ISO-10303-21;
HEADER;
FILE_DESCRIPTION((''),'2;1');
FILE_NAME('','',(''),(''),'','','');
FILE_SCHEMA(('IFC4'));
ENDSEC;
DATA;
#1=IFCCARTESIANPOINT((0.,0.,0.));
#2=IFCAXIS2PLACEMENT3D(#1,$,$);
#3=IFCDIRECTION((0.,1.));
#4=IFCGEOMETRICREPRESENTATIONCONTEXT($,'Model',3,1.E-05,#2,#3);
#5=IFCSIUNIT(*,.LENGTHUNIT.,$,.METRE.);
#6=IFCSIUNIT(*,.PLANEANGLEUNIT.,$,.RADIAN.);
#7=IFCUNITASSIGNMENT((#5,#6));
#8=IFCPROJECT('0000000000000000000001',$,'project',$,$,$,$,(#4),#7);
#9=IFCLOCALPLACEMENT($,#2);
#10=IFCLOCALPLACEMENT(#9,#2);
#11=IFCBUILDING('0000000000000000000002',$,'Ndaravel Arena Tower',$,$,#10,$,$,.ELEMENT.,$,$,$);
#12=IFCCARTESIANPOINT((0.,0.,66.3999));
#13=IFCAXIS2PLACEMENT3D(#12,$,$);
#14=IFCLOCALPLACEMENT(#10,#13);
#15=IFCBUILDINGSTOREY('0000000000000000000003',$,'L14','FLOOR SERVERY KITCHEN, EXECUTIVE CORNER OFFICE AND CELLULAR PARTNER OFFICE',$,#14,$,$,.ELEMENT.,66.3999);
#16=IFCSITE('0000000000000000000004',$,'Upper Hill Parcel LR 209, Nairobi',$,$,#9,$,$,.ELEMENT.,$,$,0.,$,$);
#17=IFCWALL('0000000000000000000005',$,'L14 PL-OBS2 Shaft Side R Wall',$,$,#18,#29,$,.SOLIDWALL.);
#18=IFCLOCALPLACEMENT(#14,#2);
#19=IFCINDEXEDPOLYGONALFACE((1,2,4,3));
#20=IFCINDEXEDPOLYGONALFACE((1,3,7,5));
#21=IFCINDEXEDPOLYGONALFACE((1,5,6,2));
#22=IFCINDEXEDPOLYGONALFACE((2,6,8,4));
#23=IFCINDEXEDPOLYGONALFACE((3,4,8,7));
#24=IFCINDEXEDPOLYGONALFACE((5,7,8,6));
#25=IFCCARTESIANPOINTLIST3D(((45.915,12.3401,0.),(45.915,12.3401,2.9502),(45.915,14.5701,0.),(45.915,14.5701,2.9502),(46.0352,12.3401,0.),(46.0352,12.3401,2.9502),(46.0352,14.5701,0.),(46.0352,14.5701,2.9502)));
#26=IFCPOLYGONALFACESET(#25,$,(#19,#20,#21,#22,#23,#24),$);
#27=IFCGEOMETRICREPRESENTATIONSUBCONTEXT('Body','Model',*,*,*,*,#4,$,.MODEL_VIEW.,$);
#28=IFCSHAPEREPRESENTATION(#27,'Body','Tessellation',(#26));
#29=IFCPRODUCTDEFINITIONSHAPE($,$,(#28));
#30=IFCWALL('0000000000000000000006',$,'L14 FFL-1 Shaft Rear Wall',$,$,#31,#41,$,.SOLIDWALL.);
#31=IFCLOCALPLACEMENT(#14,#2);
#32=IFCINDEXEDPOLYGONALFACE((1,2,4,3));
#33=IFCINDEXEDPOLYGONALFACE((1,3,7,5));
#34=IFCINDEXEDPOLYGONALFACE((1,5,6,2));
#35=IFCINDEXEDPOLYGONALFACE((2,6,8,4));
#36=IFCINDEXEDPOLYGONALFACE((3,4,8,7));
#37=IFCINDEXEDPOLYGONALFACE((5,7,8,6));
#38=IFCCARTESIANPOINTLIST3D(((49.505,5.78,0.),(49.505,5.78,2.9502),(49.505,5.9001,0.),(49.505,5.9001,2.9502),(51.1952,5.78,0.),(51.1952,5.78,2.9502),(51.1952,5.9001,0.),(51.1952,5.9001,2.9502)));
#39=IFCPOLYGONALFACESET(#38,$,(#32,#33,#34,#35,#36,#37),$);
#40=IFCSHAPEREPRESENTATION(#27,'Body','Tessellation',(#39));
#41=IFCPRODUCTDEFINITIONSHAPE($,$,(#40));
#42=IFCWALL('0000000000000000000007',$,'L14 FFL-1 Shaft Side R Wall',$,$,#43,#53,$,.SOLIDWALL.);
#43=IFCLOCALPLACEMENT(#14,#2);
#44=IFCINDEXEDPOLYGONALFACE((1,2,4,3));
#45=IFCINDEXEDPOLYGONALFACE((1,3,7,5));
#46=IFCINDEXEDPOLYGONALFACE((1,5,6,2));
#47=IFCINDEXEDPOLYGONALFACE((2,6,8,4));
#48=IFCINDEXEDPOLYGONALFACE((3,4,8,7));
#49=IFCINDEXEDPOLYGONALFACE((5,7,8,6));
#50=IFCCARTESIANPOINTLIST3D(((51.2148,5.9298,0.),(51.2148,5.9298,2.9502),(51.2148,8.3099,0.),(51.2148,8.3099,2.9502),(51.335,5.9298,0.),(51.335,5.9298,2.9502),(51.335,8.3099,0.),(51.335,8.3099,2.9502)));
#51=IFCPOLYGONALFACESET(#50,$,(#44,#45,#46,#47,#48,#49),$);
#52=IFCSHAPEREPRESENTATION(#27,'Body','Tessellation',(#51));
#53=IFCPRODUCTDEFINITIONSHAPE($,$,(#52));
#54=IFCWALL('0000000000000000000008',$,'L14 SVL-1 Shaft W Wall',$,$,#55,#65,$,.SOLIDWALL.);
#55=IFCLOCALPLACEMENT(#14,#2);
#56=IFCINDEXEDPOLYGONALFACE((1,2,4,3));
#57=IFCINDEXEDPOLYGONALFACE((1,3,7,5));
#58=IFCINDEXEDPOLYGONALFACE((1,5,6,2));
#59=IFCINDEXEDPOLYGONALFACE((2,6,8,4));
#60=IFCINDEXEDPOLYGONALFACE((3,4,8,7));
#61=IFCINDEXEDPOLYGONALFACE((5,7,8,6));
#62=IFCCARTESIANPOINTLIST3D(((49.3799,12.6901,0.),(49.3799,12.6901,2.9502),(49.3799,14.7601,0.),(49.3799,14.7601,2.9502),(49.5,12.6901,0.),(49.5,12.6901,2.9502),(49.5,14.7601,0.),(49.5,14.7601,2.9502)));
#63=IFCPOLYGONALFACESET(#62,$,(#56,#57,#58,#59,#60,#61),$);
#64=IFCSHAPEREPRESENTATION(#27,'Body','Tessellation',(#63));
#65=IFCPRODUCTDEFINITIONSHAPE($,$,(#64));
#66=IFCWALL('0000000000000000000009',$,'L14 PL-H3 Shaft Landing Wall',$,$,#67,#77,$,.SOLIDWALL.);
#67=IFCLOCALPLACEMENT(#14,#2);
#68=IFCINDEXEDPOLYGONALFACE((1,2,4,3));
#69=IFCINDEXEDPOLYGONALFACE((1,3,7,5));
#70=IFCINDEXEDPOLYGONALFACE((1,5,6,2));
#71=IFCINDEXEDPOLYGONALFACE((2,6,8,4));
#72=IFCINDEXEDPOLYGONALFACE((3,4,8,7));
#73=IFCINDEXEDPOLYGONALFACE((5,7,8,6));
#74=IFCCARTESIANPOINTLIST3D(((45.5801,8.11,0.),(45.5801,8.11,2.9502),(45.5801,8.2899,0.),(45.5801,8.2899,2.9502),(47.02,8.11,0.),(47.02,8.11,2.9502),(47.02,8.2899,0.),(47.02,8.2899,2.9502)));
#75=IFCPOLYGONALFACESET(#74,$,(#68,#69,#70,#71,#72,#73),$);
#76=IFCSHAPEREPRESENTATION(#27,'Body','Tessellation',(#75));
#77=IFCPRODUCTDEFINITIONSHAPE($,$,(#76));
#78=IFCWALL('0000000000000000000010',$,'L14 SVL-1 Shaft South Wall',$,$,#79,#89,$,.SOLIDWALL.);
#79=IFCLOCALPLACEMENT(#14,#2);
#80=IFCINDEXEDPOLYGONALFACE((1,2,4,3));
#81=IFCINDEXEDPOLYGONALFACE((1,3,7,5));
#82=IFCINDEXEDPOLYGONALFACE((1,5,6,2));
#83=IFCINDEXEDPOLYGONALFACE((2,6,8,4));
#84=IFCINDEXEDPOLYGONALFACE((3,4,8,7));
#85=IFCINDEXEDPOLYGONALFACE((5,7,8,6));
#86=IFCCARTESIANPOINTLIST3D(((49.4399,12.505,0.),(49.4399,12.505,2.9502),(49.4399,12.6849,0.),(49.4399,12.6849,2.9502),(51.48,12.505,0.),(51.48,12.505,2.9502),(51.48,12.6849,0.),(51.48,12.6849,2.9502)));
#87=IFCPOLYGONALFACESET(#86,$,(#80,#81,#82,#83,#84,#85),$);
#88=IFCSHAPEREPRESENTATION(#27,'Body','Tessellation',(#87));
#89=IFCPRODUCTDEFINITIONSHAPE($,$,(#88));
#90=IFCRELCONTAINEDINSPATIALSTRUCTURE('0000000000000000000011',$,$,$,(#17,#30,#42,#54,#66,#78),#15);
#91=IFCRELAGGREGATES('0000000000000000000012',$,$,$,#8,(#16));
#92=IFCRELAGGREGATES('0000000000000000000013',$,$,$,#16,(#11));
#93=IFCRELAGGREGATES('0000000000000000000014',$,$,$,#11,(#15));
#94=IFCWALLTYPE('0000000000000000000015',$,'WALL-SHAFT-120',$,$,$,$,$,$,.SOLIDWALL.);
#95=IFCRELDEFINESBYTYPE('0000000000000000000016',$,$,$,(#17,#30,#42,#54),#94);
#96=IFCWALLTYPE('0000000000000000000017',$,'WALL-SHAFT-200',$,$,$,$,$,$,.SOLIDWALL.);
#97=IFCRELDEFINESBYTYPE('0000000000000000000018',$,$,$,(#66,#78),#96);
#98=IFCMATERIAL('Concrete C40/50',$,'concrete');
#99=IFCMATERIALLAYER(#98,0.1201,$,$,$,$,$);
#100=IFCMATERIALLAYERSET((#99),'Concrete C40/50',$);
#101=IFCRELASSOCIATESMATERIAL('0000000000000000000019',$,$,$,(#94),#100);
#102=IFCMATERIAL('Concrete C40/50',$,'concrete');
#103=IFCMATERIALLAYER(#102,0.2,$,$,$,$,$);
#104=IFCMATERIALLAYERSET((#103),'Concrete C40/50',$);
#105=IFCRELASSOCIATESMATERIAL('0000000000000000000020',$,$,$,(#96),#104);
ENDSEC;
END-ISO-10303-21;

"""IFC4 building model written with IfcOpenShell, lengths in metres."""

from ifc_helpers import new_model, si_unit, direction, frame, frame_2d, origin, place, context, subcontext, project, spatial, rectangle, extrude, material, layer, layer_set, type_object, element, save


model = new_model("IFC4")

# Units and contexts
model_context = context("Model", 3, precision=1e-05, world=origin(), true_north=direction((0.0, 1.0)))
body_context = subcontext(model_context, "Body", "Model", "MODEL_VIEW")
ifc_project = project(units=[si_unit("LENGTHUNIT", "METRE"), si_unit("PLANEANGLEUNIT", "RADIAN")], contexts=[model_context])

# Site, building, storey
site_placement = place(None, origin())
site = spatial("IfcSite", under=ifc_project, at=site_placement, Name="Upper Hill Parcel LR 209, Nairobi", CompositionType="ELEMENT", RefElevation=0.0)
building_placement = place(site_placement, origin())
building = spatial("IfcBuilding", under=site, at=building_placement, Name="Ndaravel Arena Tower", CompositionType="ELEMENT")
storey_placement = place(building_placement, frame((0.0, 0.0, 66.3999)))
storey = spatial("IfcBuildingStorey", under=building, at=storey_placement, Name="L14", Description="FLOOR SERVERY KITCHEN, EXECUTIVE CORNER OFFICE AND CELLULAR PARTNER OFFICE", CompositionType="ELEMENT", Elevation=66.3999)

# Walls
ifc_material_1 = material(Name="Concrete C40/50", Category="concrete")
ifc_layer_1 = layer(ifc_material_1, 0.1201)
ifc_layer_set_1 = layer_set([ifc_layer_1], Name="Concrete C40/50")
wall_type_1 = type_object("IfcWallType", Name="WALL-SHAFT-120", PredefinedType="SOLIDWALL", material=ifc_layer_set_1)
wall_1_placement = place(storey_placement, frame((45.9751, 12.3401, 0.0), z_axis=(0.0, 0.0, 1.0), x_axis=(0.0, 1.0, 0.0)))
element("IfcWall", 1, at=wall_1_placement, inside=storey, type_object=wall_type_1, Name="L14 PL-OBS2 Shaft Side R Wall", PredefinedType="SOLIDWALL", context=body_context, shape_type="SweptSolid", body=[
    extrude(rectangle(XDim=2.23, YDim=0.1201, at=frame_2d((1.115, 0.0))), origin(), (0.0, 0.0, 1.0), 2.9502),
])
wall_2_placement = place(storey_placement, frame((49.5049, 5.8401, 0.0), z_axis=(0.0, 0.0, 1.0), x_axis=(1.0, 0.0, 0.0)))
element("IfcWall", 2, at=wall_2_placement, inside=storey, type_object=wall_type_1, Name="L14 FFL-1 Shaft Rear Wall", PredefinedType="SOLIDWALL", context=body_context, shape_type="SweptSolid", body=[
    extrude(rectangle(XDim=1.6902, YDim=0.1201, at=frame_2d((0.8452, 0.0))), origin(), (0.0, 0.0, 1.0), 2.9502),
])
wall_3_placement = place(storey_placement, frame((51.2749, 5.9299, 0.0), z_axis=(0.0, 0.0, 1.0), x_axis=(0.0, 1.0, 0.0)))
element("IfcWall", 3, at=wall_3_placement, inside=storey, type_object=wall_type_1, Name="L14 FFL-1 Shaft Side R Wall", PredefinedType="SOLIDWALL", context=body_context, shape_type="SweptSolid", body=[
    extrude(rectangle(XDim=2.3801, YDim=0.1201, at=frame_2d((1.1899, 0.0))), origin(), (0.0, 0.0, 1.0), 2.9502),
])
wall_4_placement = place(storey_placement, frame((49.4399, 12.6899, 0.0), z_axis=(0.0, 0.0, 1.0), x_axis=(0.0, 1.0, 0.0)))
element("IfcWall", 4, at=wall_4_placement, inside=storey, type_object=wall_type_1, Name="L14 SVL-1 Shaft W Wall", PredefinedType="SOLIDWALL", context=body_context, shape_type="SweptSolid", body=[
    extrude(rectangle(XDim=2.0701, YDim=0.1201, at=frame_2d((1.0352, 0.0))), origin(), (0.0, 0.0, 1.0), 2.9502),
])
ifc_material_2 = material(Name="Concrete C40/50", Category="concrete")
ifc_layer_2 = layer(ifc_material_2, 0.2)
ifc_layer_set_2 = layer_set([ifc_layer_2], Name="Concrete C40/50")
wall_type_2 = type_object("IfcWallType", Name="WALL-SHAFT-200", PredefinedType="SOLIDWALL", material=ifc_layer_set_2)
wall_5_placement = place(storey_placement, frame((45.5801, 8.2, 0.0), z_axis=(0.0, 0.0, 1.0), x_axis=(1.0, 0.0, 0.0)))
element("IfcWall", 5, at=wall_5_placement, inside=storey, type_object=wall_type_2, Name="L14 PL-H3 Shaft Landing Wall", PredefinedType="SOLIDWALL", context=body_context, shape_type="SweptSolid", body=[
    extrude(rectangle(XDim=1.4399, YDim=0.1799, at=frame_2d((0.72, 0.0))), origin(), (0.0, 0.0, 1.0), 2.9502),
])

# Wall
wall_6_placement = place(storey_placement, frame((49.4399, 12.595, 0.0), z_axis=(0.0, 0.0, 1.0), x_axis=(1.0, 0.0, 0.0)))
element("IfcWall", 6, at=wall_6_placement, inside=storey, type_object=wall_type_2, Name="L14 SVL-1 Shaft South Wall", PredefinedType="SOLIDWALL", context=body_context, shape_type="SweptSolid", body=[
    extrude(rectangle(XDim=2.04, YDim=0.1799, at=frame_2d((1.02, 0.0))), origin(), (0.0, 0.0, 1.0), 2.9502),
])

save(model, "model.ifc")
